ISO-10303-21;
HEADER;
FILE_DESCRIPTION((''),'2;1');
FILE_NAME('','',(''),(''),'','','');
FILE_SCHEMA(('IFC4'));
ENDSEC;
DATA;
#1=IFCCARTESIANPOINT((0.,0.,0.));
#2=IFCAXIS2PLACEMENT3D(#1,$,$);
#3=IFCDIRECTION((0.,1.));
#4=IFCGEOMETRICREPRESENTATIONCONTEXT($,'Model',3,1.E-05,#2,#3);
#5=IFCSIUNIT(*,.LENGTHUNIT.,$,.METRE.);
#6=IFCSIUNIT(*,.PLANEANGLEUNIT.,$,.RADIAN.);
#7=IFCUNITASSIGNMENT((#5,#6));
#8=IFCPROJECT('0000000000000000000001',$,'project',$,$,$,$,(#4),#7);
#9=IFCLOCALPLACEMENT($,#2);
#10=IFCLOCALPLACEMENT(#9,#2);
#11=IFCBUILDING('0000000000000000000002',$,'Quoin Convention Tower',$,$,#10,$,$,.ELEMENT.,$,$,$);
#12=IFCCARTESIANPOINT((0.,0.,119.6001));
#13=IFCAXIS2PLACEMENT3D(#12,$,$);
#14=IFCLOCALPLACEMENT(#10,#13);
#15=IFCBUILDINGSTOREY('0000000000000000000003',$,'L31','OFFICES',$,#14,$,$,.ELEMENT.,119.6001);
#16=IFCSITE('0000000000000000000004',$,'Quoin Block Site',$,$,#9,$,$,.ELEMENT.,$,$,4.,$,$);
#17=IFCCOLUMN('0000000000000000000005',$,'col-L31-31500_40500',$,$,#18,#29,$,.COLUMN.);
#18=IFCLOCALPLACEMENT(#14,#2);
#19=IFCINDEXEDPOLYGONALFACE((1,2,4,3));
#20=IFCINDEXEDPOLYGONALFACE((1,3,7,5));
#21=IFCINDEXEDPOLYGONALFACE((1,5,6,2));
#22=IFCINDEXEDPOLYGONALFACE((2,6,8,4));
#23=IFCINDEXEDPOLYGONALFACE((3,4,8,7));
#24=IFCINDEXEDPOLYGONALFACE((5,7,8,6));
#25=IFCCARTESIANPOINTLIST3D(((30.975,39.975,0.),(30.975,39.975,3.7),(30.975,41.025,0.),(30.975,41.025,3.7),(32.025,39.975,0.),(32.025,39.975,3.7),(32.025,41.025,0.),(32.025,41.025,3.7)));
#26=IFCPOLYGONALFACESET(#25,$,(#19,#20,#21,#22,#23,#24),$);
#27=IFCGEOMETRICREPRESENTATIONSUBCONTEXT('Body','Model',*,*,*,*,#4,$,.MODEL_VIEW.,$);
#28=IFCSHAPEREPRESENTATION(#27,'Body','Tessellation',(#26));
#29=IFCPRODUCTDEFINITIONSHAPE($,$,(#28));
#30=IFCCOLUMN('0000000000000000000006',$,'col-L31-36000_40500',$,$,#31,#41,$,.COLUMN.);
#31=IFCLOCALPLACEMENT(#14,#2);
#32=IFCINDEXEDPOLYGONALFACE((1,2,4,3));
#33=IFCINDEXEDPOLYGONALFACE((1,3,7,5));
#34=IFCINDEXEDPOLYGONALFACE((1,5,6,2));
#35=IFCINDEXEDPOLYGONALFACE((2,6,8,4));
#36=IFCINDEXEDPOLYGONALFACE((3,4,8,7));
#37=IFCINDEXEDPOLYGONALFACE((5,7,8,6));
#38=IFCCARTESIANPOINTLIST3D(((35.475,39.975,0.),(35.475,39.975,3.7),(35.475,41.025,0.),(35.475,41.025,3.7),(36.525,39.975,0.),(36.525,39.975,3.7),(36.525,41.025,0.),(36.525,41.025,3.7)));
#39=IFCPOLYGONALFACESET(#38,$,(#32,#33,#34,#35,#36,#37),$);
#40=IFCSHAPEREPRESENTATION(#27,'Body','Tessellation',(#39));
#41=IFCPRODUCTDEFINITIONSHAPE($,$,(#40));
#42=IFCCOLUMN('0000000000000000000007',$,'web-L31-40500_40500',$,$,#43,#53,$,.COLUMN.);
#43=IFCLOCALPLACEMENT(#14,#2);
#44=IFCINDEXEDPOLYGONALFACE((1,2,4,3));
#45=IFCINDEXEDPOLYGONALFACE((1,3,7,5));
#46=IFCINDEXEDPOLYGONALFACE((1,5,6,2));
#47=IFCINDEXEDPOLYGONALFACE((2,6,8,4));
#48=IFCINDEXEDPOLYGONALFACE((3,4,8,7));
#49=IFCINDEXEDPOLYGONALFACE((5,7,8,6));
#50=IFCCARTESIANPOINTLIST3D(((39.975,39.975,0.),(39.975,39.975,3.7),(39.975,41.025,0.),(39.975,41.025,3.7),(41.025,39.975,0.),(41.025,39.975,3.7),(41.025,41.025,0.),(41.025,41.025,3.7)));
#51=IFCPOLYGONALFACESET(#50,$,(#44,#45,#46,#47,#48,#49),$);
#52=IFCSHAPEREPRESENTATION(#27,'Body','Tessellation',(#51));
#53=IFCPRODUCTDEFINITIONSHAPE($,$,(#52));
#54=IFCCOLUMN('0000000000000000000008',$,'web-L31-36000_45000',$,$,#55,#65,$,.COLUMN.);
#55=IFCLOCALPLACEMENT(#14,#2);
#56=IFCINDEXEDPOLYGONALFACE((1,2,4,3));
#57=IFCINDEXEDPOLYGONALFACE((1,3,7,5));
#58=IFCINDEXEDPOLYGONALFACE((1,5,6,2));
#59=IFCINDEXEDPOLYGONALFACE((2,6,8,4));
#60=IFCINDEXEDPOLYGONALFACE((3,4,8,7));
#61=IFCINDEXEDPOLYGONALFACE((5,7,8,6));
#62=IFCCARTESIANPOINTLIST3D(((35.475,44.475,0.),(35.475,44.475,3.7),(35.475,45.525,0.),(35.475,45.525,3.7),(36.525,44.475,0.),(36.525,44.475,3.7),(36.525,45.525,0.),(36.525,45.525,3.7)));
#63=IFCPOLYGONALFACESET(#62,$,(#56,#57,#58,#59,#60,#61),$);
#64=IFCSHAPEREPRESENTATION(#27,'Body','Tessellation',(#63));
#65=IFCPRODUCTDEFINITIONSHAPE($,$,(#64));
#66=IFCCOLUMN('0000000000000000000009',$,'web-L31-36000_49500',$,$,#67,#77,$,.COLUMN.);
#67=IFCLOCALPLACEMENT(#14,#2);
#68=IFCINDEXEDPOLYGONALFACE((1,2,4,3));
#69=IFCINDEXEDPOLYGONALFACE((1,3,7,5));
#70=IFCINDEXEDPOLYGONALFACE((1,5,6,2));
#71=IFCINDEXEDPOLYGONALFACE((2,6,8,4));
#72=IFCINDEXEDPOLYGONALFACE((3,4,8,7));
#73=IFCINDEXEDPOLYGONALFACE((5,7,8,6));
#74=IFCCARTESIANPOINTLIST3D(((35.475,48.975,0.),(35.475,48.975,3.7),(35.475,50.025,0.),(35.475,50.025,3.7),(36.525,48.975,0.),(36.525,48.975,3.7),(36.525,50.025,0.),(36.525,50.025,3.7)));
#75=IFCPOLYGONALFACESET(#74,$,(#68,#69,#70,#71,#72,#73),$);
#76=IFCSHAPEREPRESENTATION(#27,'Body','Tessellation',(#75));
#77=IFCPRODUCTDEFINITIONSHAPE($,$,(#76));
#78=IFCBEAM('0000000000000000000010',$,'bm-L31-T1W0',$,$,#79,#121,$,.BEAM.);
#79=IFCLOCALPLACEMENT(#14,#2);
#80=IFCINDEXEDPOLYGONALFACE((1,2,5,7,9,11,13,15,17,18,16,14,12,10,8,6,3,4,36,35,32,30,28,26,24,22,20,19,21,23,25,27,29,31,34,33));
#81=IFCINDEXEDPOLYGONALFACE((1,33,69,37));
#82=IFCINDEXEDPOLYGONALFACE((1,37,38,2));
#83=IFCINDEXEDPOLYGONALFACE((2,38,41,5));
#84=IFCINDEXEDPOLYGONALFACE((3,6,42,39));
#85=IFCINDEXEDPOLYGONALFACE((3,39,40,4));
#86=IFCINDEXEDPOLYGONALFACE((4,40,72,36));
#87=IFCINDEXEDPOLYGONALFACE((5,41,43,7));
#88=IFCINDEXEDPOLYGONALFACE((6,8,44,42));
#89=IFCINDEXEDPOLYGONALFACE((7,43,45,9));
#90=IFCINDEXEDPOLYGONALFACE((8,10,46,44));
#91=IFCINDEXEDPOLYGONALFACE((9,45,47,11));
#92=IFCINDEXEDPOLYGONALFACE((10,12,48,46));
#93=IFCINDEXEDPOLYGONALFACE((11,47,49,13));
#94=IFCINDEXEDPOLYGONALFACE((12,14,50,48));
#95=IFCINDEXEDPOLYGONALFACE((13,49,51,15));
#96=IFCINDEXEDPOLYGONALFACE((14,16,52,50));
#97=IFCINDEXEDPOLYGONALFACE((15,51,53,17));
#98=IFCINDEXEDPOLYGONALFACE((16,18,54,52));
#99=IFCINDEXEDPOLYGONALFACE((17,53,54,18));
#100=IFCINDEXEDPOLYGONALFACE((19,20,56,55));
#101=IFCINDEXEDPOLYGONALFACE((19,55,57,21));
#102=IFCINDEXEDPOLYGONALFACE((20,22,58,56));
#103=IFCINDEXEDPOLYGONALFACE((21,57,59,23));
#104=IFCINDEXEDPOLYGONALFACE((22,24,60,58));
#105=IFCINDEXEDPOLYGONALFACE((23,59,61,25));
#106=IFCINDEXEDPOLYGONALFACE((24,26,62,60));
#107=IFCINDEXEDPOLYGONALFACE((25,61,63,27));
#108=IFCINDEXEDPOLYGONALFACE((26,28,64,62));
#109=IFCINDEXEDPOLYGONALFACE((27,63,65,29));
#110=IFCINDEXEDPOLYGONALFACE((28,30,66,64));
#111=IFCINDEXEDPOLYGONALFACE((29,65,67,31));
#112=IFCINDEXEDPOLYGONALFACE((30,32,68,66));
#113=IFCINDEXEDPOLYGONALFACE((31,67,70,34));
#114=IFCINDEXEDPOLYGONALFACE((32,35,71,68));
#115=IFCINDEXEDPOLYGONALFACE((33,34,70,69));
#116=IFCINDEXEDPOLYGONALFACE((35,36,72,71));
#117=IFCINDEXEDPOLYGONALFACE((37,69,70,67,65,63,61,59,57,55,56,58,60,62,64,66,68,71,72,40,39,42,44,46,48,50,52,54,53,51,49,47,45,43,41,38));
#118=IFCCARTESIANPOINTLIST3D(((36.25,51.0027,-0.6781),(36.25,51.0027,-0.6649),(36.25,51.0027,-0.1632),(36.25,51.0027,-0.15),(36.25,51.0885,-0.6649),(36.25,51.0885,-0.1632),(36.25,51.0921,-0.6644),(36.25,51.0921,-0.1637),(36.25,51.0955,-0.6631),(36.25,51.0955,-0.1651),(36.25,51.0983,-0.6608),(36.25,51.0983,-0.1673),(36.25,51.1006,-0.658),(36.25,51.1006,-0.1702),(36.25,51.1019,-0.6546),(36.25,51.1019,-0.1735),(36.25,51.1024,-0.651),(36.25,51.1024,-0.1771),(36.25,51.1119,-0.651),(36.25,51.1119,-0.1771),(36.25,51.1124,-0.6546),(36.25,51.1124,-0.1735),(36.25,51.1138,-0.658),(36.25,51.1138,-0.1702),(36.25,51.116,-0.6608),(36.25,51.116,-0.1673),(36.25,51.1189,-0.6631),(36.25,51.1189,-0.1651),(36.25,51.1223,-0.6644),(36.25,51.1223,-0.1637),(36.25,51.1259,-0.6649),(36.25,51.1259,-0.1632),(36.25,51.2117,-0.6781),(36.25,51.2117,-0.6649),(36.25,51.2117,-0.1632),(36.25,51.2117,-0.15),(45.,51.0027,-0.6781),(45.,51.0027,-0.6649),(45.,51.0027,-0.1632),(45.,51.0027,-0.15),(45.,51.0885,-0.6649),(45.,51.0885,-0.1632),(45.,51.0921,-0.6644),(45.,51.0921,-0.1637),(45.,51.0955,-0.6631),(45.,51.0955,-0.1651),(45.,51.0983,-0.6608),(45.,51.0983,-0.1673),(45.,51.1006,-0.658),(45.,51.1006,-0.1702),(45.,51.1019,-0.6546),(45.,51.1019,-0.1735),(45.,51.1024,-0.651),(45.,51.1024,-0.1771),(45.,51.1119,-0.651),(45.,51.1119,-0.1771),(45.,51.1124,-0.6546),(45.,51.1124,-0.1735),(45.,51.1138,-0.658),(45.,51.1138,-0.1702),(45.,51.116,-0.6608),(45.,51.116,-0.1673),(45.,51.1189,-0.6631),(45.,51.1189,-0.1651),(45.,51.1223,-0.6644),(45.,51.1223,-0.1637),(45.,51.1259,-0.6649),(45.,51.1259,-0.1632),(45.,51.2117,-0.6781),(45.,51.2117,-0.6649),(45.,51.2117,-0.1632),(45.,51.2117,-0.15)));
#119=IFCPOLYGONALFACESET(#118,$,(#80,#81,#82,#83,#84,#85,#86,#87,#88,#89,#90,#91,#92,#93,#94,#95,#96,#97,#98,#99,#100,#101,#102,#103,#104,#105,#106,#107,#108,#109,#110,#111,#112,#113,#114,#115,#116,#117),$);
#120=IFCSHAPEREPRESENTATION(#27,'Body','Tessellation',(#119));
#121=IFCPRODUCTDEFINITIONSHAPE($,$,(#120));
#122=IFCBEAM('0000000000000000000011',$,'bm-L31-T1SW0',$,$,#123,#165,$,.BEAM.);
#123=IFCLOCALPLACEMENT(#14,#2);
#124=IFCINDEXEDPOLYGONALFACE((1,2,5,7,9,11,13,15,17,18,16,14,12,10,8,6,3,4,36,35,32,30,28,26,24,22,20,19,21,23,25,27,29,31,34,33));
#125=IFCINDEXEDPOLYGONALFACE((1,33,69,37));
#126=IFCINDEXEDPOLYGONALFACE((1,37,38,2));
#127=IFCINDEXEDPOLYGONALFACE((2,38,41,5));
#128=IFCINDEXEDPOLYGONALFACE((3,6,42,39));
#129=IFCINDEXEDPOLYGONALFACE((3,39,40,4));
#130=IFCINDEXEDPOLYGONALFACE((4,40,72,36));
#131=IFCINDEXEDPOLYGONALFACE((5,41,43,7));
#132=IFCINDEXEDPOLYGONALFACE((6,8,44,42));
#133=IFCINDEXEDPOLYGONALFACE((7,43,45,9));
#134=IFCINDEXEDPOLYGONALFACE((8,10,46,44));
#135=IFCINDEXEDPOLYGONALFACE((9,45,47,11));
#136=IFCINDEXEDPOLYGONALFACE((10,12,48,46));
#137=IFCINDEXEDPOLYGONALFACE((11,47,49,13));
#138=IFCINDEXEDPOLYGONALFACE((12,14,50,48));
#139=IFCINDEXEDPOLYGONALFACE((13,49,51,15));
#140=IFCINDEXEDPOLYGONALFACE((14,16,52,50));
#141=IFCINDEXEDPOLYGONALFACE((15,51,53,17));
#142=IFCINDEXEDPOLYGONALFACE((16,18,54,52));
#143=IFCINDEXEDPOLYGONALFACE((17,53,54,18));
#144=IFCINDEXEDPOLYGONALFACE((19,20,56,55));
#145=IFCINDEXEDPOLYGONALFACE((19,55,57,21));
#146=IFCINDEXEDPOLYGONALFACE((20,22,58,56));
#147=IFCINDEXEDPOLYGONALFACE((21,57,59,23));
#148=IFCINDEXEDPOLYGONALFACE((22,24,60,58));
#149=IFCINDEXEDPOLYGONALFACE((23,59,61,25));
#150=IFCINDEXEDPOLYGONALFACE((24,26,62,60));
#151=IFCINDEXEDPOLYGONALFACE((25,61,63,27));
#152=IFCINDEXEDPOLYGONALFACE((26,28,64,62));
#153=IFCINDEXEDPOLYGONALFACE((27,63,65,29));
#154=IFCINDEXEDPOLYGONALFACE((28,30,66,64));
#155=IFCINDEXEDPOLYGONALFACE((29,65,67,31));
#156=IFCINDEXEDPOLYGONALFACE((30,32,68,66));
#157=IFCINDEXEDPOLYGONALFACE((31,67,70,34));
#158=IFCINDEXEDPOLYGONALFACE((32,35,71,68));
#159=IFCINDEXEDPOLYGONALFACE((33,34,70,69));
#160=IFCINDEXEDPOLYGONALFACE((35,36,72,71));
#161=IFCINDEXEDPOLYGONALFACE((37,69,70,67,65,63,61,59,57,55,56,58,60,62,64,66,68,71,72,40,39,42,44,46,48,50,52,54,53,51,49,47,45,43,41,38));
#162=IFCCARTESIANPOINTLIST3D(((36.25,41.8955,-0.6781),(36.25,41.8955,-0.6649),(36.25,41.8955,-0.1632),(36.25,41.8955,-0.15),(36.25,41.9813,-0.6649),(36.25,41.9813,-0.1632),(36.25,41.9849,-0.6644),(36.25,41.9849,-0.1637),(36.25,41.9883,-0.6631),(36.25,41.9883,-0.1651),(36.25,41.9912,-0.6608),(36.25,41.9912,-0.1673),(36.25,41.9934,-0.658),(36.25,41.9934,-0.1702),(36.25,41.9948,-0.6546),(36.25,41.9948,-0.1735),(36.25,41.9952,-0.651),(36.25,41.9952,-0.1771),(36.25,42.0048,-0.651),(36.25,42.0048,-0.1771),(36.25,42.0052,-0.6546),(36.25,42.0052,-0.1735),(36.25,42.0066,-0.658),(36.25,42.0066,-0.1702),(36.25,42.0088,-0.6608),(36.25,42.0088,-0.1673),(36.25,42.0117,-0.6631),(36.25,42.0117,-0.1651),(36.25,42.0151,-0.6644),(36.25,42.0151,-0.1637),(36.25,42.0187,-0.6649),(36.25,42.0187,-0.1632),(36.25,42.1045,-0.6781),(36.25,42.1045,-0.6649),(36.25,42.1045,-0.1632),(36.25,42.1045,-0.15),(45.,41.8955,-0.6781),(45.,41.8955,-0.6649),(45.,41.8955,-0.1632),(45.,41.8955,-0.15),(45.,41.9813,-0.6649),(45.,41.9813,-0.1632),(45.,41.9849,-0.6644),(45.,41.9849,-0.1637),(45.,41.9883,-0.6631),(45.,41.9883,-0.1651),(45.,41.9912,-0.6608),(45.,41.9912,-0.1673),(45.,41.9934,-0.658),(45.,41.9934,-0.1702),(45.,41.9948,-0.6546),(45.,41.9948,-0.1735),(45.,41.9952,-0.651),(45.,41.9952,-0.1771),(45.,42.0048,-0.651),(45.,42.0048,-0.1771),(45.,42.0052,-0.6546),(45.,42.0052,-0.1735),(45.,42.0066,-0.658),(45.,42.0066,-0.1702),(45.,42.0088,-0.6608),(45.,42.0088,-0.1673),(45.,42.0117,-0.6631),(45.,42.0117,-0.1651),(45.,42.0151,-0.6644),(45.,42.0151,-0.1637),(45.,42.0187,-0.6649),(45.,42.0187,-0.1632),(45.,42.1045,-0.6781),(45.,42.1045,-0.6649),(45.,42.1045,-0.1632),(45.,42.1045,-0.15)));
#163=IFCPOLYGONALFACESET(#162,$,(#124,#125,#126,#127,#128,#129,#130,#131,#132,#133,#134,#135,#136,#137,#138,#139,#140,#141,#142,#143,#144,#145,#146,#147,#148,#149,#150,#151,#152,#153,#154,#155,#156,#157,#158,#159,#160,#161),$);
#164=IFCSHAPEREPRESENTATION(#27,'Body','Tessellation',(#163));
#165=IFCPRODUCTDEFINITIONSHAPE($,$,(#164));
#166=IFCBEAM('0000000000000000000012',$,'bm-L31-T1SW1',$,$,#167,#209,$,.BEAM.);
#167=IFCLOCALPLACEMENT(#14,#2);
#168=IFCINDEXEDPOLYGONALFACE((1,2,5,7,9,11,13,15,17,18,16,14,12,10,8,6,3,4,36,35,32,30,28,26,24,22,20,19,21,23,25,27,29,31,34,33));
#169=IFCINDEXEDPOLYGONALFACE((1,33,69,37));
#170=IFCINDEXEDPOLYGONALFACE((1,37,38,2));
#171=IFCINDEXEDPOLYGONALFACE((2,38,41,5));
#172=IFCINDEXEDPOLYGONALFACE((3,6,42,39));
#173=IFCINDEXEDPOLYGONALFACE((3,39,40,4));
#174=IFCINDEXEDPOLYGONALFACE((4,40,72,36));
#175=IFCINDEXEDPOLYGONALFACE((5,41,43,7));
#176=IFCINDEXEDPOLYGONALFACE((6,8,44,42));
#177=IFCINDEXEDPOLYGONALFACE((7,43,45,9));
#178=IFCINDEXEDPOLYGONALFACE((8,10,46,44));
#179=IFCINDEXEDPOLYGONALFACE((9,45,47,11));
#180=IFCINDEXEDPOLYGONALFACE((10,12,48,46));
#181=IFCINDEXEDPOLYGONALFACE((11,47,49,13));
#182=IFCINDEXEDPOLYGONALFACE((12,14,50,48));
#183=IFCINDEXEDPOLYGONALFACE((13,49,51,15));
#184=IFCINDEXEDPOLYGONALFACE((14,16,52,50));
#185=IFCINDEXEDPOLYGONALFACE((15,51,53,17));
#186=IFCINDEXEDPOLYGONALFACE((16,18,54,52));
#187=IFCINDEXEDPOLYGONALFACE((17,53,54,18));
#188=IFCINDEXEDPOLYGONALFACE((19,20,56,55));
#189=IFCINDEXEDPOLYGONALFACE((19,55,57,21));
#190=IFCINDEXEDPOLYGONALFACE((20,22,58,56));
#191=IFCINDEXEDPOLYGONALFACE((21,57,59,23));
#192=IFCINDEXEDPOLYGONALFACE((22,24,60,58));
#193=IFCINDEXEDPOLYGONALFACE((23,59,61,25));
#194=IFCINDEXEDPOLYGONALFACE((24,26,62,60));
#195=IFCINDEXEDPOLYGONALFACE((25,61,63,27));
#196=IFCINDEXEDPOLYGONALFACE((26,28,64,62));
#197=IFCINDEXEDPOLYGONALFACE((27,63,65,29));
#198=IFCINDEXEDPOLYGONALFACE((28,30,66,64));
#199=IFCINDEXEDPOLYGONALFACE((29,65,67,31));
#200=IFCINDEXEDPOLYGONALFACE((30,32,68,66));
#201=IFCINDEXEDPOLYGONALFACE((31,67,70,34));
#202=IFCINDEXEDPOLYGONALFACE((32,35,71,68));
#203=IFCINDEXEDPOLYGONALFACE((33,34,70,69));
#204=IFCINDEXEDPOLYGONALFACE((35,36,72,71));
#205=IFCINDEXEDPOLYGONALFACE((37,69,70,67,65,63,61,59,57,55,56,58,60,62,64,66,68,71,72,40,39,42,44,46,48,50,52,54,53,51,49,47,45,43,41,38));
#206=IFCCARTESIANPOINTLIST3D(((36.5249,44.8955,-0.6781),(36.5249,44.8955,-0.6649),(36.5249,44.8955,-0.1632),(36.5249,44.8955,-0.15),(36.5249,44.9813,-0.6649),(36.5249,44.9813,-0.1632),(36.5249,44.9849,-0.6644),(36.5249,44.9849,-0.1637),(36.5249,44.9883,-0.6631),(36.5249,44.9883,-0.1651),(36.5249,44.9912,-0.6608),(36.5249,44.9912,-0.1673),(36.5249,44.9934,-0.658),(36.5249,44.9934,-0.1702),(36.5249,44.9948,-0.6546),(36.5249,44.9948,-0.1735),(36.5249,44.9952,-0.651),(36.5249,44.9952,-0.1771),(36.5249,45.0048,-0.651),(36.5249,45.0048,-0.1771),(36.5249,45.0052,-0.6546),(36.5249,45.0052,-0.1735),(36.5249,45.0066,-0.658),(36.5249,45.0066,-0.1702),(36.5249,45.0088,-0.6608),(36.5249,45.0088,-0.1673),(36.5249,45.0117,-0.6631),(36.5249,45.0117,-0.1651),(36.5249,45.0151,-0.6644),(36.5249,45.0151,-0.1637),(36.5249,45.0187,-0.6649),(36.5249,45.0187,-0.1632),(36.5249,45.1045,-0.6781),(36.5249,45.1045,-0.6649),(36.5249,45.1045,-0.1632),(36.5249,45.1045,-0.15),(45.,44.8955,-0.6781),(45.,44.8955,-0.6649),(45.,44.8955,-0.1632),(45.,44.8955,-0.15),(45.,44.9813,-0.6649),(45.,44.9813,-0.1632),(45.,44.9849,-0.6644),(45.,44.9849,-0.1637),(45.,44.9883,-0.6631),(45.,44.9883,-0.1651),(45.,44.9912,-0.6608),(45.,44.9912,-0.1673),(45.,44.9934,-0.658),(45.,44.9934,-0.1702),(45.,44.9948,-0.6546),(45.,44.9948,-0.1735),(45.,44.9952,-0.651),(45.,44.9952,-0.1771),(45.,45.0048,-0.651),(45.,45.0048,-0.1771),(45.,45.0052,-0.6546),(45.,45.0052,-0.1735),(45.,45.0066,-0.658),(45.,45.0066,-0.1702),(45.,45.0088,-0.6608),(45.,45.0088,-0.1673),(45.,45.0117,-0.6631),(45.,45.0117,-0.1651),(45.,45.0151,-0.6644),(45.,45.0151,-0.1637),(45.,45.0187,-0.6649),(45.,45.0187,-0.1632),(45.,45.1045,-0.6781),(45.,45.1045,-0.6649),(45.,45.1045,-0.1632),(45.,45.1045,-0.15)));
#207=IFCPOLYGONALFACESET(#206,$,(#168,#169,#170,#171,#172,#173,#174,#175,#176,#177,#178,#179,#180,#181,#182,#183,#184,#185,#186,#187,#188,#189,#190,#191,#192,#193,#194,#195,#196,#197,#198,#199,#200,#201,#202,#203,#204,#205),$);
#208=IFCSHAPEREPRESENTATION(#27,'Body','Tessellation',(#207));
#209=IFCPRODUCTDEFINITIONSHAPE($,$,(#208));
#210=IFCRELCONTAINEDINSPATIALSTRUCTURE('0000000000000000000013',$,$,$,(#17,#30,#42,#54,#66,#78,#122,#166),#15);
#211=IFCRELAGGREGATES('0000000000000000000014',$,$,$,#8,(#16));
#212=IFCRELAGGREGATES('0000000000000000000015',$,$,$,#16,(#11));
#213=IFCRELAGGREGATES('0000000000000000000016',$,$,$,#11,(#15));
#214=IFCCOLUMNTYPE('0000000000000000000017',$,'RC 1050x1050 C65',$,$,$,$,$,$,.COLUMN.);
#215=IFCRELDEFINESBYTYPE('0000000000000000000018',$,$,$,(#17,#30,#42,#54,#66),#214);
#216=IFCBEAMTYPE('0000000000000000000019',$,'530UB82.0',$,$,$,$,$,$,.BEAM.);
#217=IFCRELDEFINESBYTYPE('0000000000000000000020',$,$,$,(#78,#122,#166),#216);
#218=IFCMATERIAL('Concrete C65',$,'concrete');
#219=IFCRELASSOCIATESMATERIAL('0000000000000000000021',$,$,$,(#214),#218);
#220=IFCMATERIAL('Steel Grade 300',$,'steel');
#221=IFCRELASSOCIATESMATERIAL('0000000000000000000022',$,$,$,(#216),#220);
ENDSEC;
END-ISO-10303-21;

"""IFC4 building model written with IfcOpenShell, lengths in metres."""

from ifc_helpers import new_model, si_unit, direction, frame, origin, origin_2d, place, context, subcontext, project, spatial, rectangle, i_section, extrude, material, material_profile, profile_set, type_object, element, save


model = new_model("IFC4")

# Units and contexts
model_context = context("Model", 3, precision=1e-05, world=origin(), true_north=direction((0.0, 1.0)))
body_context = subcontext(model_context, "Body", "Model", "MODEL_VIEW")
ifc_project = project(units=[si_unit("LENGTHUNIT", "METRE"), si_unit("PLANEANGLEUNIT", "RADIAN")], contexts=[model_context])

# Site, building, storey
site_placement = place(None, origin())
site = spatial("IfcSite", under=ifc_project, at=site_placement, Name="Quoin Block Site", CompositionType="ELEMENT", RefElevation=4.0)
building_placement = place(site_placement, origin())
building = spatial("IfcBuilding", under=site, at=building_placement, Name="Quoin Convention Tower", CompositionType="ELEMENT")
storey_placement = place(building_placement, frame((0.0, 0.0, 119.6001)))
storey = spatial("IfcBuildingStorey", under=building, at=storey_placement, Name="L31", Description="OFFICES", CompositionType="ELEMENT", Elevation=119.6001)

# Columns
ifc_material_1 = material(Name="Concrete C65", Category="concrete")
ifc_material_profile_1 = material_profile(ifc_material_1, rectangle(XDim=1.05, YDim=1.05, at=origin_2d()), Name="RC 1050x1050")
ifc_profile_set_1 = profile_set([ifc_material_profile_1], Name="Concrete C65")
column_type = type_object("IfcColumnType", Name="RC 1050x1050 C65", PredefinedType="COLUMN", material=ifc_profile_set_1)
for number, where, z_axis, x_axis, name in (
    (1, (31.5, 40.5, 0.0), (0.0, 0.0, 1.0), (1.0, 0.0, 0.0), "col-L31-31500_40500"),
    (2, (36.0, 40.5, 0.0), (0.0, 0.0, 1.0), (1.0, 0.0, 0.0), "col-L31-36000_40500"),
    (3, (40.5, 40.5, 0.0), (0.0, 0.0, 1.0), (1.0, 0.0, 0.0), "web-L31-40500_40500"),
    (4, (36.0, 45.0, 0.0), (0.0, 0.0, 1.0), (1.0, 0.0, 0.0), "web-L31-36000_45000"),
    (5, (36.0, 49.5, 0.0), (0.0, 0.0, 1.0), (1.0, 0.0, 0.0), "web-L31-36000_49500"),
):
    element("IfcColumn", number, at=place(storey_placement, frame(where, z_axis=z_axis, x_axis=x_axis)), inside=storey, type_object=column_type, Name=name, PredefinedType="COLUMN", context=body_context, shape_type="SweptSolid", body=[
        extrude(rectangle(XDim=1.05, YDim=1.05, at=origin_2d()), origin(), (0.0, 0.0, 1.0), 3.7),
    ])

# Beams
ifc_material_2 = material(Name="Steel Grade 300", Category="steel")
ifc_material_profile_2 = material_profile(ifc_material_2, i_section(OverallWidth=0.209, OverallDepth=0.5281, WebThickness=0.0095, FlangeThickness=0.0132, FilletRadius=0.0139, at=origin_2d()), Name="530UB82.0")
ifc_profile_set_2 = profile_set([ifc_material_profile_2], Name="Steel Grade 300")
beam_type_1 = type_object("IfcBeamType", Name="530UB82.0", PredefinedType="BEAM", material=ifc_profile_set_2)
for number, where, z_axis, x_axis, name in (
    (6, (36.25, 51.1072, -0.4141), (1.0, 0.0, 0.0), (0.0, 1.0, 0.0), "bm-L31-T1W0"),
    (7, (36.25, 42.0, -0.4141), (1.0, 0.0, 0.0), (0.0, 1.0, 0.0), "bm-L31-T1SW0"),
):
    element("IfcBeam", number, at=place(storey_placement, frame(where, z_axis=z_axis, x_axis=x_axis)), inside=storey, type_object=beam_type_1, Name=name, PredefinedType="BEAM", context=body_context, shape_type="SweptSolid", body=[
        extrude(i_section(OverallWidth=0.209, OverallDepth=0.5281, WebThickness=0.0095, FlangeThickness=0.0132, FilletRadius=0.0139, at=origin_2d()), origin(), (0.0, 0.0, 1.0), 8.75),
    ])
beam_1_placement = place(storey_placement, frame((36.5249, 45.0, -0.4141), z_axis=(1.0, 0.0, 0.0), x_axis=(0.0, 1.0, 0.0)))
element("IfcBeam", 8, at=beam_1_placement, inside=storey, type_object=beam_type_1, Name="bm-L31-T1SW1", PredefinedType="BEAM", context=body_context, shape_type="SweptSolid", body=[
    extrude(i_section(OverallWidth=0.209, OverallDepth=0.5281, WebThickness=0.0095, FlangeThickness=0.0132, FilletRadius=0.0139, at=origin_2d()), origin(), (0.0, 0.0, 1.0), 8.4751),
])

save(model, "model.ifc")
